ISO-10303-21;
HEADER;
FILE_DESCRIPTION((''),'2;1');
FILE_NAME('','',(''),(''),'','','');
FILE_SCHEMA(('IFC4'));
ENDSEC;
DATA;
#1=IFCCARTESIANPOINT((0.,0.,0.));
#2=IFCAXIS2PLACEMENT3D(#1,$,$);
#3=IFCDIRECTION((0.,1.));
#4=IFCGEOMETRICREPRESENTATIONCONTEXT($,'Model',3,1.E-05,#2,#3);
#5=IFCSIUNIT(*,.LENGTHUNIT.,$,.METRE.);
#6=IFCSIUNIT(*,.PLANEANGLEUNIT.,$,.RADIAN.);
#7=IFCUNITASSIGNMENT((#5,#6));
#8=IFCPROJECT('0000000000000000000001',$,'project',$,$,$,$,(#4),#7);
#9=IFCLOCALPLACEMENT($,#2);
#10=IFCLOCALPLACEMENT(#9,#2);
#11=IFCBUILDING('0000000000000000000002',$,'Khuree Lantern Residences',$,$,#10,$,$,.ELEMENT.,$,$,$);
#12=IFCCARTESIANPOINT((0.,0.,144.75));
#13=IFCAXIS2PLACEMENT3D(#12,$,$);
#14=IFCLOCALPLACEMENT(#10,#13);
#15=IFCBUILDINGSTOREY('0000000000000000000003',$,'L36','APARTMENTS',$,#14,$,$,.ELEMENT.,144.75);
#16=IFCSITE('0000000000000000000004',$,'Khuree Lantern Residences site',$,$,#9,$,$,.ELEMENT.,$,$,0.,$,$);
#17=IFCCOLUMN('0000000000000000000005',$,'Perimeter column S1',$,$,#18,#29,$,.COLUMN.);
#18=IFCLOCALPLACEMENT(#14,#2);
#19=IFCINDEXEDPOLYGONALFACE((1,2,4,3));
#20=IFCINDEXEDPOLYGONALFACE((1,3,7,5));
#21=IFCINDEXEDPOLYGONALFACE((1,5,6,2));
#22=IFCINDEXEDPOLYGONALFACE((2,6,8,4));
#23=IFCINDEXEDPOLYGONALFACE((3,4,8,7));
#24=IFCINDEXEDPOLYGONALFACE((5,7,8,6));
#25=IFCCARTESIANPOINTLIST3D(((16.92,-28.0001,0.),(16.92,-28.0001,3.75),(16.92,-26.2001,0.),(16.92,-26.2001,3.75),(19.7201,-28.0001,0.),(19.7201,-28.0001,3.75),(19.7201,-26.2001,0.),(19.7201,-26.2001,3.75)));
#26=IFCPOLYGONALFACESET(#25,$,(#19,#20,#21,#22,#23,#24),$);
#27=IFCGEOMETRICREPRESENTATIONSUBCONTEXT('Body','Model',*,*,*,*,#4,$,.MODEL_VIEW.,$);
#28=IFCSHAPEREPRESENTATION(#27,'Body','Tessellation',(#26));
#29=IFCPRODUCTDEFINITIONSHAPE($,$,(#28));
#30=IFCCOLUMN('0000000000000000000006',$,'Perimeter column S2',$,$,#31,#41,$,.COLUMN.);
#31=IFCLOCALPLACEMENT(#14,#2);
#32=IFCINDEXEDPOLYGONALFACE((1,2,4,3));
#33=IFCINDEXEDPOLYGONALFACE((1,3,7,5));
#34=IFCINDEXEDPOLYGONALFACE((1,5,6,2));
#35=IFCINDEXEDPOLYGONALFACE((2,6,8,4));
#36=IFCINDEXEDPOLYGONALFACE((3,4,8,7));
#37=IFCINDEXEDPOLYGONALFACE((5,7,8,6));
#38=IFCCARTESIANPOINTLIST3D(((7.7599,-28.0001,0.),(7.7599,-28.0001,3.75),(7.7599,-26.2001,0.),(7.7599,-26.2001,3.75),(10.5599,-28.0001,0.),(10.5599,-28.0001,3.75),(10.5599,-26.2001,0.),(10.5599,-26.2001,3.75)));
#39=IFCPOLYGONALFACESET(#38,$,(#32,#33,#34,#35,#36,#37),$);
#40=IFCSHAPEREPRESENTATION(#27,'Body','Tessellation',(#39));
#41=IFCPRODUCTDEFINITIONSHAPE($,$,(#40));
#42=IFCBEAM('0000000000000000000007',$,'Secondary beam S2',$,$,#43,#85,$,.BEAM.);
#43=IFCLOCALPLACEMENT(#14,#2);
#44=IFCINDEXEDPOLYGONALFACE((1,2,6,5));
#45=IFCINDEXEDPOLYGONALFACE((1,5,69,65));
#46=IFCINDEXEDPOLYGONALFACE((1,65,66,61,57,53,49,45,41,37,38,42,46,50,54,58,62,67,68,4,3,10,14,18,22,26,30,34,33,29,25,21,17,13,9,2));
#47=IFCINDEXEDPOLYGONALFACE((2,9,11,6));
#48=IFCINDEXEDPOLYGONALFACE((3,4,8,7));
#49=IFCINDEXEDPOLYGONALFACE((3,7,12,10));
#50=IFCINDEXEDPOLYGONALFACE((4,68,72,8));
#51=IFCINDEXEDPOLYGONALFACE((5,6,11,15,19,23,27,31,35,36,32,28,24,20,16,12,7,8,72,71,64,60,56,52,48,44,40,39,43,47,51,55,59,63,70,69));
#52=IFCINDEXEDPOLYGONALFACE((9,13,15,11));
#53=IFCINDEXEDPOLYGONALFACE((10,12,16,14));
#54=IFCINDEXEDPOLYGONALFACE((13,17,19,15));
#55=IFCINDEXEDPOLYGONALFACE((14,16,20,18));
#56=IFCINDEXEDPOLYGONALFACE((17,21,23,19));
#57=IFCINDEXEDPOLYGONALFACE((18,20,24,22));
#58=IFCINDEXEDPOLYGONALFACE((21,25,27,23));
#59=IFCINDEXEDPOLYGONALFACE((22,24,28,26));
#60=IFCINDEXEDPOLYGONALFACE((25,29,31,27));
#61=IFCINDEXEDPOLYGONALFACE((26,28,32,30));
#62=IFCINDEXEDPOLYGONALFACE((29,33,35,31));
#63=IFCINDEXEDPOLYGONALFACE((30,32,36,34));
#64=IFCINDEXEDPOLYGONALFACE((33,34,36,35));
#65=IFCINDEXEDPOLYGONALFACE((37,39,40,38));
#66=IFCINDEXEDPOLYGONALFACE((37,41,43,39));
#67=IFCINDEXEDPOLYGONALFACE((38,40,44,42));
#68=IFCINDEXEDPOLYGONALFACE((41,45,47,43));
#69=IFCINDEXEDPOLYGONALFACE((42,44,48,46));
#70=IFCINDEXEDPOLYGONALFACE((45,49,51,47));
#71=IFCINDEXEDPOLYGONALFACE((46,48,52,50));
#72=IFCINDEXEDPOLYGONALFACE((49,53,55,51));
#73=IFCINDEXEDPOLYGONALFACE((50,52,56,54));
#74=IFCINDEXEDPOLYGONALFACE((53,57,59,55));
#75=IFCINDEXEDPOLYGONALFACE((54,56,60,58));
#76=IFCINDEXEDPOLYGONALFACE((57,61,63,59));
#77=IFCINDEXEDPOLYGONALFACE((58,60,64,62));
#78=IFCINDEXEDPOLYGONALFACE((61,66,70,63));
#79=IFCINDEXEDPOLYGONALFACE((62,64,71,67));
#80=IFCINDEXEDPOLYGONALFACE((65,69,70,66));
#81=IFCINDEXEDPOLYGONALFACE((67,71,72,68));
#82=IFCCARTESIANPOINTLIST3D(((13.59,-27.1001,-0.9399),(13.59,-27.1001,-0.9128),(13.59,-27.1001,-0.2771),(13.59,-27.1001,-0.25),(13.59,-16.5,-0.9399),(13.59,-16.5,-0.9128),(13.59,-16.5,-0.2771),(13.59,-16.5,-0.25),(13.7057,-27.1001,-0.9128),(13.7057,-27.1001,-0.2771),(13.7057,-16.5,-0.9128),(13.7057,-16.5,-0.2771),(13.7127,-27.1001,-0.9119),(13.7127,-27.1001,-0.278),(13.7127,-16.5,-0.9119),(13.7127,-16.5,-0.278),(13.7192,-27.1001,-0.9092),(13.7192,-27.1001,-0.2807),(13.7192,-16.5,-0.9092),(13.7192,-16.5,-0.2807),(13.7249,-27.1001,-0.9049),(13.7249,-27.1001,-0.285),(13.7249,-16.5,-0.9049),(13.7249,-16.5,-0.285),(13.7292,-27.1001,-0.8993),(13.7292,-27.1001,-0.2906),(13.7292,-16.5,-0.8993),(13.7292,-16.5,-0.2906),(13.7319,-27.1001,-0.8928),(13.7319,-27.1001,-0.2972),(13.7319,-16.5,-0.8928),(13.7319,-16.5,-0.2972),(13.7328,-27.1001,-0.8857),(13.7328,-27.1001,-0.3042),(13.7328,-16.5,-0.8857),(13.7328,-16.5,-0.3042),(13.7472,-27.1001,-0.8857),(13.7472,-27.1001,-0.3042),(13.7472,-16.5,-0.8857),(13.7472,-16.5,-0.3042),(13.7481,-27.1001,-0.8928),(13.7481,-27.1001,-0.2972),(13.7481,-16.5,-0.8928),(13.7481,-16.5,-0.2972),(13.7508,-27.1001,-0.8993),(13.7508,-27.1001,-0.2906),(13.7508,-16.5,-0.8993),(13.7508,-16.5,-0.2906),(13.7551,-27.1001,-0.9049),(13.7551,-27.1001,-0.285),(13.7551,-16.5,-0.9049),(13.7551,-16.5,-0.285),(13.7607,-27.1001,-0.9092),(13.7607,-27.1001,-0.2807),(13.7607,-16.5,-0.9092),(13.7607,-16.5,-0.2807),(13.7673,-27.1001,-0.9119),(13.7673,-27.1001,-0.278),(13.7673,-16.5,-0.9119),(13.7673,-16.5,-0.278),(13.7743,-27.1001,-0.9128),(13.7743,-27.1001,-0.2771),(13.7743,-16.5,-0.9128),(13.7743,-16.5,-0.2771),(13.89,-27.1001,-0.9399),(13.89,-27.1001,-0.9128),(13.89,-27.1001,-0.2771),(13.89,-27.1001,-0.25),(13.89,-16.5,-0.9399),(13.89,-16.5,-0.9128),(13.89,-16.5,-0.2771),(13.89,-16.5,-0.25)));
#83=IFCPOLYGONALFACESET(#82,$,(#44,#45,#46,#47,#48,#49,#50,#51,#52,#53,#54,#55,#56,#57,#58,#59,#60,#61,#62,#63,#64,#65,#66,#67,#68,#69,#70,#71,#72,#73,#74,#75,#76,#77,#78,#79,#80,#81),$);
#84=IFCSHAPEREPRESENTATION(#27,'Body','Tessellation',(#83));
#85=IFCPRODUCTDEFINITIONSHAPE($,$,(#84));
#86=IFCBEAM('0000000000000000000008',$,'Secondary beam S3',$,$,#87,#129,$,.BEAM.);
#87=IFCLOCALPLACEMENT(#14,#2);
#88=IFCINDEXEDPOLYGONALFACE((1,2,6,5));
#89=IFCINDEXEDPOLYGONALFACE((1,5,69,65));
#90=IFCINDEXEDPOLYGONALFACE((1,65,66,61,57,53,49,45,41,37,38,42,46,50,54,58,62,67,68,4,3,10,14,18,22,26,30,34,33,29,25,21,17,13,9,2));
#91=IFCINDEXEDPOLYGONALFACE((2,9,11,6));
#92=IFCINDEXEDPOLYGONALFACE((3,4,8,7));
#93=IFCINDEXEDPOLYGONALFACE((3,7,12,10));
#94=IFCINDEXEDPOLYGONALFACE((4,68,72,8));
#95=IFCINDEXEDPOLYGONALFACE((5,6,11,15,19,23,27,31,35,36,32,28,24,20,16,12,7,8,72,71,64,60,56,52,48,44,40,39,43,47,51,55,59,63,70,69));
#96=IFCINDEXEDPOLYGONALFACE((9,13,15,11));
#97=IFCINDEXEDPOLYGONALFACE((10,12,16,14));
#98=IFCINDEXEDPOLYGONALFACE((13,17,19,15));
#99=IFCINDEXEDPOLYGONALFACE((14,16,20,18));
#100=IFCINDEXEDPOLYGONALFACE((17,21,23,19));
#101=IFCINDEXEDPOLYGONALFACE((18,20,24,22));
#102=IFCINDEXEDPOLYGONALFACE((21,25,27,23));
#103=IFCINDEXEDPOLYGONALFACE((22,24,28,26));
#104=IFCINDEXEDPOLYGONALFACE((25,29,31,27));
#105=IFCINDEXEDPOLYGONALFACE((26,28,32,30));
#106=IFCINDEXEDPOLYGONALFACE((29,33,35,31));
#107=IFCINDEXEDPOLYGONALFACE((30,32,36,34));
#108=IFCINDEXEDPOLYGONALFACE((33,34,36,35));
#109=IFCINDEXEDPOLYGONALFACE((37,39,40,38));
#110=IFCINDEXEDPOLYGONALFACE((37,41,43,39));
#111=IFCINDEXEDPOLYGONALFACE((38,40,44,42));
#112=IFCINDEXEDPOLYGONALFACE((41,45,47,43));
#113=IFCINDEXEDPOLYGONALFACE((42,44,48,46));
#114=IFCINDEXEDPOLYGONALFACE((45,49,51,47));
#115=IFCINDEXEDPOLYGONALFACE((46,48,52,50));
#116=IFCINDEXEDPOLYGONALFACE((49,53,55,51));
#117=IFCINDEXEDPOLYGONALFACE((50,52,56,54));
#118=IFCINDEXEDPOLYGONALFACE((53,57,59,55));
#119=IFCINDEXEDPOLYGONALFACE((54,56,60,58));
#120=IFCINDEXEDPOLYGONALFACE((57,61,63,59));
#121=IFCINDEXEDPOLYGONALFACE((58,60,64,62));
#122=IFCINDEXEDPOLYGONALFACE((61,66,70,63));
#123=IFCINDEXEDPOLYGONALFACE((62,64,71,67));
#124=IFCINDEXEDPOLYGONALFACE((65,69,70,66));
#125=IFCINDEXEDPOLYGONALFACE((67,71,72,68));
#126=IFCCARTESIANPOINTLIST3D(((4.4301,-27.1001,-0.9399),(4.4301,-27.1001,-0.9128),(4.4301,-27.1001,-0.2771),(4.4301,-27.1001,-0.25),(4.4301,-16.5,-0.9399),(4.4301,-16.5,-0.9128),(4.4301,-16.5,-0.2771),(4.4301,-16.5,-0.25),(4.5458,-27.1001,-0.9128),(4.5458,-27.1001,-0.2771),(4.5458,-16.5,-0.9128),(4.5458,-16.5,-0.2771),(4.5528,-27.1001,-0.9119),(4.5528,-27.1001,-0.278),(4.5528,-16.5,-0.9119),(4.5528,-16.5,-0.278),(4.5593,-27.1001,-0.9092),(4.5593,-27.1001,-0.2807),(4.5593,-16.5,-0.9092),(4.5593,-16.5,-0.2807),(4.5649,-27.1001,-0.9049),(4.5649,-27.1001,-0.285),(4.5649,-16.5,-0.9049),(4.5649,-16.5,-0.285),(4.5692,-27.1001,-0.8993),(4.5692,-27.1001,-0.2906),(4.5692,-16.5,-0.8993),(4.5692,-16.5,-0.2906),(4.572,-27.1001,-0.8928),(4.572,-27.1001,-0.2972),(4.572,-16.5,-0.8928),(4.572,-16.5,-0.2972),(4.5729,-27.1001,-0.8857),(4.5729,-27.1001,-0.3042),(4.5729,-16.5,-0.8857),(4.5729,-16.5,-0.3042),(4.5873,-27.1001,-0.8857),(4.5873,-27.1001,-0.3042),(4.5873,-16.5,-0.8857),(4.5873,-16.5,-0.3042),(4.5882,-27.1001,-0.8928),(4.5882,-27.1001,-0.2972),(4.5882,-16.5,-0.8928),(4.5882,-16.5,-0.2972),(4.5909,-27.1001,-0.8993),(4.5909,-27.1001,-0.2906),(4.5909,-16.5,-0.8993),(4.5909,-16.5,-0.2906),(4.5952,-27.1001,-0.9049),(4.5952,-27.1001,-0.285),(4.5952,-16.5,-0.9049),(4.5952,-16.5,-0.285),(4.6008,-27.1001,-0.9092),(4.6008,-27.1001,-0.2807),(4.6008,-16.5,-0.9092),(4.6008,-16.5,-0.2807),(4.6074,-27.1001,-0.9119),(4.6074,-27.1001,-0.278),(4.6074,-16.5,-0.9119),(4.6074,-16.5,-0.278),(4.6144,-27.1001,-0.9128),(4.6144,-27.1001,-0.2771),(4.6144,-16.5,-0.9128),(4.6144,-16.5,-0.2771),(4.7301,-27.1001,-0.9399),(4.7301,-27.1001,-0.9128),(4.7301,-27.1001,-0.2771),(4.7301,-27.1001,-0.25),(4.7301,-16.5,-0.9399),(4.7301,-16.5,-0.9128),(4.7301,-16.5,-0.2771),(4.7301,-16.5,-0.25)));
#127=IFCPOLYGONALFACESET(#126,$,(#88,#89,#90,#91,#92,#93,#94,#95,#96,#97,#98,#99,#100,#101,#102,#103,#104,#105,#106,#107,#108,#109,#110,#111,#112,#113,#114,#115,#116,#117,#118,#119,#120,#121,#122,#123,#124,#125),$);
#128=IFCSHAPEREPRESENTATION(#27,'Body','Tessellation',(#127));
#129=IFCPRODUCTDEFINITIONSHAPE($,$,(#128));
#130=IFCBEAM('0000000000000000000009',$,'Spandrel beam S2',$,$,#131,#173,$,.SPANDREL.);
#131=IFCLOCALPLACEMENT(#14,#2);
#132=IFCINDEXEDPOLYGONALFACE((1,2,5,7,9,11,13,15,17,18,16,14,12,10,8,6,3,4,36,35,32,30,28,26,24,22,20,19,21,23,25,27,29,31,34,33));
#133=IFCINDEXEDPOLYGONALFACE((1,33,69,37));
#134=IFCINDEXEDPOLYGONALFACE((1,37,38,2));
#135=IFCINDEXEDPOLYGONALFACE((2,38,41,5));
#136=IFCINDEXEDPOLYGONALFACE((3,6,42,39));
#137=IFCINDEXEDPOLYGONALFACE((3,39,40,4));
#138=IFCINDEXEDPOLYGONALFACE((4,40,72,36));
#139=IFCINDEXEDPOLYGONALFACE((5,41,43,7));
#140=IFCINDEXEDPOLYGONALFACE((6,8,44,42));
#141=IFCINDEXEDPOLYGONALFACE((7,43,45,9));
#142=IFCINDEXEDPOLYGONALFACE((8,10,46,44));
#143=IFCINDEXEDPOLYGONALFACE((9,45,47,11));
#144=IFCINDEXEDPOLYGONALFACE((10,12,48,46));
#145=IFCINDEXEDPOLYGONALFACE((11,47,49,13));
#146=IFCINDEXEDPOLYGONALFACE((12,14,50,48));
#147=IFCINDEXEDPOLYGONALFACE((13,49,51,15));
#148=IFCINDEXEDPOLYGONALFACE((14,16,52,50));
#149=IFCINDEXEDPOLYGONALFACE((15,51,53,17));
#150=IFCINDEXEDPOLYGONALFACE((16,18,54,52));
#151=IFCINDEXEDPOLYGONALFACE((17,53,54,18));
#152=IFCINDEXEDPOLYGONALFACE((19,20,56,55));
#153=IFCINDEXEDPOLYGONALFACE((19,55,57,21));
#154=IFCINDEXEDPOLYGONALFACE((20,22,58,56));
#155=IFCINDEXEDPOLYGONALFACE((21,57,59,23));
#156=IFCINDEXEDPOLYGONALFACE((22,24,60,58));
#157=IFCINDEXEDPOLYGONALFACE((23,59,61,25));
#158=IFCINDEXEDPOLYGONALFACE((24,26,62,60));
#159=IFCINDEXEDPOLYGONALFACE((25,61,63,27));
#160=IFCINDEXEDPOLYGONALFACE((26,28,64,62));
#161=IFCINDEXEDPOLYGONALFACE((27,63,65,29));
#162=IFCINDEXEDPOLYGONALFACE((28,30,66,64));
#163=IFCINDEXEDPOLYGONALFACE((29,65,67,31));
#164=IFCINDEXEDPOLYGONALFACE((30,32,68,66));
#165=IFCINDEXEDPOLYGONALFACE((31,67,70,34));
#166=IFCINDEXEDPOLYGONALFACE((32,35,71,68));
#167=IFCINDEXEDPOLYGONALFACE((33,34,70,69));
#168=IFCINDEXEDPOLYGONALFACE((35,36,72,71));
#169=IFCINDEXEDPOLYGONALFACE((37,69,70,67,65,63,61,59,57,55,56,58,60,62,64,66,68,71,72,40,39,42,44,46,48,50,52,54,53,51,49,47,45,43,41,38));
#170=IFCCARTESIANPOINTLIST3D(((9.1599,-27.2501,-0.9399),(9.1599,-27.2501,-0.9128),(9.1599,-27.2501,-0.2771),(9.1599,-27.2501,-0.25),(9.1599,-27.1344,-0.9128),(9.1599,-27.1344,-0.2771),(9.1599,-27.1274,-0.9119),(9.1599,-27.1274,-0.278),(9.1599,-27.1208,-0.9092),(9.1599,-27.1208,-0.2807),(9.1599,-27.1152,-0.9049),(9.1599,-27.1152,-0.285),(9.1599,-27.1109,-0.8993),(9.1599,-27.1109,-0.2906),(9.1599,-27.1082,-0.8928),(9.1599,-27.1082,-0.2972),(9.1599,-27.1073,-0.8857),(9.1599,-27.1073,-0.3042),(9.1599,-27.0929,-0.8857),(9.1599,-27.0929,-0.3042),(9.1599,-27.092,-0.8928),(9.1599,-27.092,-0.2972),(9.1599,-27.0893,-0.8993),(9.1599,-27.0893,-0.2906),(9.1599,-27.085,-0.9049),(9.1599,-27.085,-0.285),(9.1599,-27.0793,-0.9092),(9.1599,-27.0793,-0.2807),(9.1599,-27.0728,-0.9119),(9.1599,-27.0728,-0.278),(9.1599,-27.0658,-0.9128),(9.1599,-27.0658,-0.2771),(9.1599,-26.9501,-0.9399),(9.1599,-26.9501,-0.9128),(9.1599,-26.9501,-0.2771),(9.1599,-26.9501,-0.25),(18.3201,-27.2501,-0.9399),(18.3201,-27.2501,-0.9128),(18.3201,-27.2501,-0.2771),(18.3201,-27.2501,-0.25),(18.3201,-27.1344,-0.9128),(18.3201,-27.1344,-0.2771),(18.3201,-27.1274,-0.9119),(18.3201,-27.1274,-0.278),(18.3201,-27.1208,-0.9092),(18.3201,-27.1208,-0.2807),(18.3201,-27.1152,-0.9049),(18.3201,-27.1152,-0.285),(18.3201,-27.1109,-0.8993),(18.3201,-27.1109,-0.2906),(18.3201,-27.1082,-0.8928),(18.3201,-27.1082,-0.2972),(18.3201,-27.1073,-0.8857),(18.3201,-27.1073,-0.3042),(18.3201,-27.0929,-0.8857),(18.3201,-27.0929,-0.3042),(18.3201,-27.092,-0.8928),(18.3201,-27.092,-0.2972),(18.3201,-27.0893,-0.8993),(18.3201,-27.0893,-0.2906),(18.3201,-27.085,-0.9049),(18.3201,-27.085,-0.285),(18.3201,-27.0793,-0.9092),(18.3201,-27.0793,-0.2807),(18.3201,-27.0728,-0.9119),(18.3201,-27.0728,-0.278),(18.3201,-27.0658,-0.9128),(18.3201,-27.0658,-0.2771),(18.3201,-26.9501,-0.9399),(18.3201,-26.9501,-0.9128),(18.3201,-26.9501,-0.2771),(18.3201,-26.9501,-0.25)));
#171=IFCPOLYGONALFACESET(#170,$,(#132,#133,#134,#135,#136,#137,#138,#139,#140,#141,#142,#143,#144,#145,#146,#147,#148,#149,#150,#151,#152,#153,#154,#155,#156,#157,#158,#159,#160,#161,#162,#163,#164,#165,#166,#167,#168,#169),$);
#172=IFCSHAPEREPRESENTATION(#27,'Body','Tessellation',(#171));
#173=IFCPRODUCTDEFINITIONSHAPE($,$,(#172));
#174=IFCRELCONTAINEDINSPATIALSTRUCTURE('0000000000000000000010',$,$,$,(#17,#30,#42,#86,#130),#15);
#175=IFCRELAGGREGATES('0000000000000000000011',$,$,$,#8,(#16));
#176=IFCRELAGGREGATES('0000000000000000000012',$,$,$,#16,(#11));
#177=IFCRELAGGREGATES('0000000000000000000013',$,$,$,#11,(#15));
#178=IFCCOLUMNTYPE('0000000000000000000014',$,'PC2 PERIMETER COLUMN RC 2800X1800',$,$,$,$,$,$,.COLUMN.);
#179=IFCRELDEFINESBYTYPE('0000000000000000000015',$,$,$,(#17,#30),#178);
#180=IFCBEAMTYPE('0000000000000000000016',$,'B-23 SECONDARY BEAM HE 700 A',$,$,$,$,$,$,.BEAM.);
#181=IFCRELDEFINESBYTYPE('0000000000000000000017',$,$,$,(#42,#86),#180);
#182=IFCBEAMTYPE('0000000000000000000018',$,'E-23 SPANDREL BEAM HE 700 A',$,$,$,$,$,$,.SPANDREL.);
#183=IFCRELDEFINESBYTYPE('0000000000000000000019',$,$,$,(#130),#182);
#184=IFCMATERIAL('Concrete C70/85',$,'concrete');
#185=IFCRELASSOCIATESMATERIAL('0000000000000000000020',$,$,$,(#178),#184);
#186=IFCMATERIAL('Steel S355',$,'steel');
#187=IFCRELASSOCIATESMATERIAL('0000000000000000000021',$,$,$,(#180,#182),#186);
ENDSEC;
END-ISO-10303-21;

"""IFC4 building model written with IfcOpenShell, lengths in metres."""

from ifc_helpers import new_model, si_unit, direction, frame, origin, origin_2d, place, context, subcontext, project, spatial, rectangle, i_section, extrude, material, material_profile, profile_set, type_object, element, save


model = new_model("IFC4")

# Units and contexts
model_context = context("Model", 3, precision=1e-05, world=origin(), true_north=direction((0.0, 1.0)))
body_context = subcontext(model_context, "Body", "Model", "MODEL_VIEW")
ifc_project = project(units=[si_unit("LENGTHUNIT", "METRE"), si_unit("PLANEANGLEUNIT", "RADIAN")], contexts=[model_context])

# Site, building, storey
site_placement = place(None, origin())
site = spatial("IfcSite", under=ifc_project, at=site_placement, Name="Khuree Lantern Residences site", CompositionType="ELEMENT", RefElevation=0.0)
building_placement = place(site_placement, origin())
building = spatial("IfcBuilding", under=site, at=building_placement, Name="Khuree Lantern Residences", CompositionType="ELEMENT")
storey_placement = place(building_placement, frame((0.0, 0.0, 144.75)))
storey = spatial("IfcBuildingStorey", under=building, at=storey_placement, Name="L36", Description="APARTMENTS", CompositionType="ELEMENT", Elevation=144.75)

# Columns
ifc_material_1 = material(Name="Concrete C70/85", Category="concrete")
ifc_material_profile_1 = material_profile(ifc_material_1, rectangle(XDim=2.8, YDim=1.8, at=origin_2d()), Name="RC 2800X1800")
ifc_profile_set_1 = profile_set([ifc_material_profile_1], Name="Concrete C70/85")
column_type = type_object("IfcColumnType", Name="PC2 PERIMETER COLUMN RC 2800X1800", PredefinedType="COLUMN", material=ifc_profile_set_1)
for number, where, z_axis, x_axis, name in (
    (1, (18.3201, -27.1001, 0.0), (0.0, 0.0, 1.0), (1.0, 0.0, 0.0), "Perimeter column S1"),
    (2, (9.1599, -27.1001, 0.0), (0.0, 0.0, 1.0), (1.0, 0.0, 0.0), "Perimeter column S2"),
):
    element("IfcColumn", number, at=place(storey_placement, frame(where, z_axis=z_axis, x_axis=x_axis)), inside=storey, type_object=column_type, Name=name, PredefinedType="COLUMN", context=body_context, shape_type="SweptSolid", body=[
        extrude(rectangle(XDim=2.8, YDim=1.8, at=origin_2d()), origin(), (0.0, 0.0, 1.0), 3.75),
    ])

# Beams
ifc_material_2 = material(Name="Steel S355", Category="steel")
ifc_material_profile_2 = material_profile(ifc_material_2, i_section(OverallWidth=0.3, OverallDepth=0.6899, WebThickness=0.0144, FlangeThickness=0.0271, FilletRadius=0.0271, at=origin_2d()), Name="HE 700 A")
ifc_profile_set_2 = profile_set([ifc_material_profile_2], Name="Steel S355")
beam_type_1 = type_object("IfcBeamType", Name="B-23 SECONDARY BEAM HE 700 A", PredefinedType="BEAM", material=ifc_profile_set_2)
for number, where, z_axis, x_axis, name in (
    (3, (13.74, -27.1001, -0.595), (0.0, 1.0, 0.0), (-1.0, 0.0, 0.0), "Secondary beam S2"),
    (4, (4.5801, -27.1001, -0.595), (0.0, 1.0, 0.0), (-1.0, 0.0, 0.0), "Secondary beam S3"),
):
    element("IfcBeam", number, at=place(storey_placement, frame(where, z_axis=z_axis, x_axis=x_axis)), inside=storey, type_object=beam_type_1, Name=name, PredefinedType="BEAM", context=body_context, shape_type="SweptSolid", body=[
        extrude(i_section(OverallWidth=0.3, OverallDepth=0.6899, WebThickness=0.0144, FlangeThickness=0.0271, FilletRadius=0.0271, at=origin_2d()), origin(), (0.0, 0.0, 1.0), 10.6001),
    ])
ifc_material_profile_3 = material_profile(ifc_material_2, i_section(OverallWidth=0.3, OverallDepth=0.6899, WebThickness=0.0144, FlangeThickness=0.0271, FilletRadius=0.0271, at=origin_2d()), Name="HE 700 A")
ifc_profile_set_3 = profile_set([ifc_material_profile_3], Name="Steel S355")
beam_type_2 = type_object("IfcBeamType", Name="E-23 SPANDREL BEAM HE 700 A", PredefinedType="SPANDREL", material=ifc_profile_set_3)
beam_1_placement = place(storey_placement, frame((18.3201, -27.1001, -0.595), z_axis=(-1.0, 0.0, 0.0), x_axis=(0.0, -1.0, 0.0)))
element("IfcBeam", 5, at=beam_1_placement, inside=storey, type_object=beam_type_2, Name="Spandrel beam S2", PredefinedType="SPANDREL", context=body_context, shape_type="SweptSolid", body=[
    extrude(i_section(OverallWidth=0.3, OverallDepth=0.6899, WebThickness=0.0144, FlangeThickness=0.0271, FilletRadius=0.0271, at=origin_2d()), origin(), (0.0, 0.0, 1.0), 9.1602),
])

save(model, "model.ifc")
